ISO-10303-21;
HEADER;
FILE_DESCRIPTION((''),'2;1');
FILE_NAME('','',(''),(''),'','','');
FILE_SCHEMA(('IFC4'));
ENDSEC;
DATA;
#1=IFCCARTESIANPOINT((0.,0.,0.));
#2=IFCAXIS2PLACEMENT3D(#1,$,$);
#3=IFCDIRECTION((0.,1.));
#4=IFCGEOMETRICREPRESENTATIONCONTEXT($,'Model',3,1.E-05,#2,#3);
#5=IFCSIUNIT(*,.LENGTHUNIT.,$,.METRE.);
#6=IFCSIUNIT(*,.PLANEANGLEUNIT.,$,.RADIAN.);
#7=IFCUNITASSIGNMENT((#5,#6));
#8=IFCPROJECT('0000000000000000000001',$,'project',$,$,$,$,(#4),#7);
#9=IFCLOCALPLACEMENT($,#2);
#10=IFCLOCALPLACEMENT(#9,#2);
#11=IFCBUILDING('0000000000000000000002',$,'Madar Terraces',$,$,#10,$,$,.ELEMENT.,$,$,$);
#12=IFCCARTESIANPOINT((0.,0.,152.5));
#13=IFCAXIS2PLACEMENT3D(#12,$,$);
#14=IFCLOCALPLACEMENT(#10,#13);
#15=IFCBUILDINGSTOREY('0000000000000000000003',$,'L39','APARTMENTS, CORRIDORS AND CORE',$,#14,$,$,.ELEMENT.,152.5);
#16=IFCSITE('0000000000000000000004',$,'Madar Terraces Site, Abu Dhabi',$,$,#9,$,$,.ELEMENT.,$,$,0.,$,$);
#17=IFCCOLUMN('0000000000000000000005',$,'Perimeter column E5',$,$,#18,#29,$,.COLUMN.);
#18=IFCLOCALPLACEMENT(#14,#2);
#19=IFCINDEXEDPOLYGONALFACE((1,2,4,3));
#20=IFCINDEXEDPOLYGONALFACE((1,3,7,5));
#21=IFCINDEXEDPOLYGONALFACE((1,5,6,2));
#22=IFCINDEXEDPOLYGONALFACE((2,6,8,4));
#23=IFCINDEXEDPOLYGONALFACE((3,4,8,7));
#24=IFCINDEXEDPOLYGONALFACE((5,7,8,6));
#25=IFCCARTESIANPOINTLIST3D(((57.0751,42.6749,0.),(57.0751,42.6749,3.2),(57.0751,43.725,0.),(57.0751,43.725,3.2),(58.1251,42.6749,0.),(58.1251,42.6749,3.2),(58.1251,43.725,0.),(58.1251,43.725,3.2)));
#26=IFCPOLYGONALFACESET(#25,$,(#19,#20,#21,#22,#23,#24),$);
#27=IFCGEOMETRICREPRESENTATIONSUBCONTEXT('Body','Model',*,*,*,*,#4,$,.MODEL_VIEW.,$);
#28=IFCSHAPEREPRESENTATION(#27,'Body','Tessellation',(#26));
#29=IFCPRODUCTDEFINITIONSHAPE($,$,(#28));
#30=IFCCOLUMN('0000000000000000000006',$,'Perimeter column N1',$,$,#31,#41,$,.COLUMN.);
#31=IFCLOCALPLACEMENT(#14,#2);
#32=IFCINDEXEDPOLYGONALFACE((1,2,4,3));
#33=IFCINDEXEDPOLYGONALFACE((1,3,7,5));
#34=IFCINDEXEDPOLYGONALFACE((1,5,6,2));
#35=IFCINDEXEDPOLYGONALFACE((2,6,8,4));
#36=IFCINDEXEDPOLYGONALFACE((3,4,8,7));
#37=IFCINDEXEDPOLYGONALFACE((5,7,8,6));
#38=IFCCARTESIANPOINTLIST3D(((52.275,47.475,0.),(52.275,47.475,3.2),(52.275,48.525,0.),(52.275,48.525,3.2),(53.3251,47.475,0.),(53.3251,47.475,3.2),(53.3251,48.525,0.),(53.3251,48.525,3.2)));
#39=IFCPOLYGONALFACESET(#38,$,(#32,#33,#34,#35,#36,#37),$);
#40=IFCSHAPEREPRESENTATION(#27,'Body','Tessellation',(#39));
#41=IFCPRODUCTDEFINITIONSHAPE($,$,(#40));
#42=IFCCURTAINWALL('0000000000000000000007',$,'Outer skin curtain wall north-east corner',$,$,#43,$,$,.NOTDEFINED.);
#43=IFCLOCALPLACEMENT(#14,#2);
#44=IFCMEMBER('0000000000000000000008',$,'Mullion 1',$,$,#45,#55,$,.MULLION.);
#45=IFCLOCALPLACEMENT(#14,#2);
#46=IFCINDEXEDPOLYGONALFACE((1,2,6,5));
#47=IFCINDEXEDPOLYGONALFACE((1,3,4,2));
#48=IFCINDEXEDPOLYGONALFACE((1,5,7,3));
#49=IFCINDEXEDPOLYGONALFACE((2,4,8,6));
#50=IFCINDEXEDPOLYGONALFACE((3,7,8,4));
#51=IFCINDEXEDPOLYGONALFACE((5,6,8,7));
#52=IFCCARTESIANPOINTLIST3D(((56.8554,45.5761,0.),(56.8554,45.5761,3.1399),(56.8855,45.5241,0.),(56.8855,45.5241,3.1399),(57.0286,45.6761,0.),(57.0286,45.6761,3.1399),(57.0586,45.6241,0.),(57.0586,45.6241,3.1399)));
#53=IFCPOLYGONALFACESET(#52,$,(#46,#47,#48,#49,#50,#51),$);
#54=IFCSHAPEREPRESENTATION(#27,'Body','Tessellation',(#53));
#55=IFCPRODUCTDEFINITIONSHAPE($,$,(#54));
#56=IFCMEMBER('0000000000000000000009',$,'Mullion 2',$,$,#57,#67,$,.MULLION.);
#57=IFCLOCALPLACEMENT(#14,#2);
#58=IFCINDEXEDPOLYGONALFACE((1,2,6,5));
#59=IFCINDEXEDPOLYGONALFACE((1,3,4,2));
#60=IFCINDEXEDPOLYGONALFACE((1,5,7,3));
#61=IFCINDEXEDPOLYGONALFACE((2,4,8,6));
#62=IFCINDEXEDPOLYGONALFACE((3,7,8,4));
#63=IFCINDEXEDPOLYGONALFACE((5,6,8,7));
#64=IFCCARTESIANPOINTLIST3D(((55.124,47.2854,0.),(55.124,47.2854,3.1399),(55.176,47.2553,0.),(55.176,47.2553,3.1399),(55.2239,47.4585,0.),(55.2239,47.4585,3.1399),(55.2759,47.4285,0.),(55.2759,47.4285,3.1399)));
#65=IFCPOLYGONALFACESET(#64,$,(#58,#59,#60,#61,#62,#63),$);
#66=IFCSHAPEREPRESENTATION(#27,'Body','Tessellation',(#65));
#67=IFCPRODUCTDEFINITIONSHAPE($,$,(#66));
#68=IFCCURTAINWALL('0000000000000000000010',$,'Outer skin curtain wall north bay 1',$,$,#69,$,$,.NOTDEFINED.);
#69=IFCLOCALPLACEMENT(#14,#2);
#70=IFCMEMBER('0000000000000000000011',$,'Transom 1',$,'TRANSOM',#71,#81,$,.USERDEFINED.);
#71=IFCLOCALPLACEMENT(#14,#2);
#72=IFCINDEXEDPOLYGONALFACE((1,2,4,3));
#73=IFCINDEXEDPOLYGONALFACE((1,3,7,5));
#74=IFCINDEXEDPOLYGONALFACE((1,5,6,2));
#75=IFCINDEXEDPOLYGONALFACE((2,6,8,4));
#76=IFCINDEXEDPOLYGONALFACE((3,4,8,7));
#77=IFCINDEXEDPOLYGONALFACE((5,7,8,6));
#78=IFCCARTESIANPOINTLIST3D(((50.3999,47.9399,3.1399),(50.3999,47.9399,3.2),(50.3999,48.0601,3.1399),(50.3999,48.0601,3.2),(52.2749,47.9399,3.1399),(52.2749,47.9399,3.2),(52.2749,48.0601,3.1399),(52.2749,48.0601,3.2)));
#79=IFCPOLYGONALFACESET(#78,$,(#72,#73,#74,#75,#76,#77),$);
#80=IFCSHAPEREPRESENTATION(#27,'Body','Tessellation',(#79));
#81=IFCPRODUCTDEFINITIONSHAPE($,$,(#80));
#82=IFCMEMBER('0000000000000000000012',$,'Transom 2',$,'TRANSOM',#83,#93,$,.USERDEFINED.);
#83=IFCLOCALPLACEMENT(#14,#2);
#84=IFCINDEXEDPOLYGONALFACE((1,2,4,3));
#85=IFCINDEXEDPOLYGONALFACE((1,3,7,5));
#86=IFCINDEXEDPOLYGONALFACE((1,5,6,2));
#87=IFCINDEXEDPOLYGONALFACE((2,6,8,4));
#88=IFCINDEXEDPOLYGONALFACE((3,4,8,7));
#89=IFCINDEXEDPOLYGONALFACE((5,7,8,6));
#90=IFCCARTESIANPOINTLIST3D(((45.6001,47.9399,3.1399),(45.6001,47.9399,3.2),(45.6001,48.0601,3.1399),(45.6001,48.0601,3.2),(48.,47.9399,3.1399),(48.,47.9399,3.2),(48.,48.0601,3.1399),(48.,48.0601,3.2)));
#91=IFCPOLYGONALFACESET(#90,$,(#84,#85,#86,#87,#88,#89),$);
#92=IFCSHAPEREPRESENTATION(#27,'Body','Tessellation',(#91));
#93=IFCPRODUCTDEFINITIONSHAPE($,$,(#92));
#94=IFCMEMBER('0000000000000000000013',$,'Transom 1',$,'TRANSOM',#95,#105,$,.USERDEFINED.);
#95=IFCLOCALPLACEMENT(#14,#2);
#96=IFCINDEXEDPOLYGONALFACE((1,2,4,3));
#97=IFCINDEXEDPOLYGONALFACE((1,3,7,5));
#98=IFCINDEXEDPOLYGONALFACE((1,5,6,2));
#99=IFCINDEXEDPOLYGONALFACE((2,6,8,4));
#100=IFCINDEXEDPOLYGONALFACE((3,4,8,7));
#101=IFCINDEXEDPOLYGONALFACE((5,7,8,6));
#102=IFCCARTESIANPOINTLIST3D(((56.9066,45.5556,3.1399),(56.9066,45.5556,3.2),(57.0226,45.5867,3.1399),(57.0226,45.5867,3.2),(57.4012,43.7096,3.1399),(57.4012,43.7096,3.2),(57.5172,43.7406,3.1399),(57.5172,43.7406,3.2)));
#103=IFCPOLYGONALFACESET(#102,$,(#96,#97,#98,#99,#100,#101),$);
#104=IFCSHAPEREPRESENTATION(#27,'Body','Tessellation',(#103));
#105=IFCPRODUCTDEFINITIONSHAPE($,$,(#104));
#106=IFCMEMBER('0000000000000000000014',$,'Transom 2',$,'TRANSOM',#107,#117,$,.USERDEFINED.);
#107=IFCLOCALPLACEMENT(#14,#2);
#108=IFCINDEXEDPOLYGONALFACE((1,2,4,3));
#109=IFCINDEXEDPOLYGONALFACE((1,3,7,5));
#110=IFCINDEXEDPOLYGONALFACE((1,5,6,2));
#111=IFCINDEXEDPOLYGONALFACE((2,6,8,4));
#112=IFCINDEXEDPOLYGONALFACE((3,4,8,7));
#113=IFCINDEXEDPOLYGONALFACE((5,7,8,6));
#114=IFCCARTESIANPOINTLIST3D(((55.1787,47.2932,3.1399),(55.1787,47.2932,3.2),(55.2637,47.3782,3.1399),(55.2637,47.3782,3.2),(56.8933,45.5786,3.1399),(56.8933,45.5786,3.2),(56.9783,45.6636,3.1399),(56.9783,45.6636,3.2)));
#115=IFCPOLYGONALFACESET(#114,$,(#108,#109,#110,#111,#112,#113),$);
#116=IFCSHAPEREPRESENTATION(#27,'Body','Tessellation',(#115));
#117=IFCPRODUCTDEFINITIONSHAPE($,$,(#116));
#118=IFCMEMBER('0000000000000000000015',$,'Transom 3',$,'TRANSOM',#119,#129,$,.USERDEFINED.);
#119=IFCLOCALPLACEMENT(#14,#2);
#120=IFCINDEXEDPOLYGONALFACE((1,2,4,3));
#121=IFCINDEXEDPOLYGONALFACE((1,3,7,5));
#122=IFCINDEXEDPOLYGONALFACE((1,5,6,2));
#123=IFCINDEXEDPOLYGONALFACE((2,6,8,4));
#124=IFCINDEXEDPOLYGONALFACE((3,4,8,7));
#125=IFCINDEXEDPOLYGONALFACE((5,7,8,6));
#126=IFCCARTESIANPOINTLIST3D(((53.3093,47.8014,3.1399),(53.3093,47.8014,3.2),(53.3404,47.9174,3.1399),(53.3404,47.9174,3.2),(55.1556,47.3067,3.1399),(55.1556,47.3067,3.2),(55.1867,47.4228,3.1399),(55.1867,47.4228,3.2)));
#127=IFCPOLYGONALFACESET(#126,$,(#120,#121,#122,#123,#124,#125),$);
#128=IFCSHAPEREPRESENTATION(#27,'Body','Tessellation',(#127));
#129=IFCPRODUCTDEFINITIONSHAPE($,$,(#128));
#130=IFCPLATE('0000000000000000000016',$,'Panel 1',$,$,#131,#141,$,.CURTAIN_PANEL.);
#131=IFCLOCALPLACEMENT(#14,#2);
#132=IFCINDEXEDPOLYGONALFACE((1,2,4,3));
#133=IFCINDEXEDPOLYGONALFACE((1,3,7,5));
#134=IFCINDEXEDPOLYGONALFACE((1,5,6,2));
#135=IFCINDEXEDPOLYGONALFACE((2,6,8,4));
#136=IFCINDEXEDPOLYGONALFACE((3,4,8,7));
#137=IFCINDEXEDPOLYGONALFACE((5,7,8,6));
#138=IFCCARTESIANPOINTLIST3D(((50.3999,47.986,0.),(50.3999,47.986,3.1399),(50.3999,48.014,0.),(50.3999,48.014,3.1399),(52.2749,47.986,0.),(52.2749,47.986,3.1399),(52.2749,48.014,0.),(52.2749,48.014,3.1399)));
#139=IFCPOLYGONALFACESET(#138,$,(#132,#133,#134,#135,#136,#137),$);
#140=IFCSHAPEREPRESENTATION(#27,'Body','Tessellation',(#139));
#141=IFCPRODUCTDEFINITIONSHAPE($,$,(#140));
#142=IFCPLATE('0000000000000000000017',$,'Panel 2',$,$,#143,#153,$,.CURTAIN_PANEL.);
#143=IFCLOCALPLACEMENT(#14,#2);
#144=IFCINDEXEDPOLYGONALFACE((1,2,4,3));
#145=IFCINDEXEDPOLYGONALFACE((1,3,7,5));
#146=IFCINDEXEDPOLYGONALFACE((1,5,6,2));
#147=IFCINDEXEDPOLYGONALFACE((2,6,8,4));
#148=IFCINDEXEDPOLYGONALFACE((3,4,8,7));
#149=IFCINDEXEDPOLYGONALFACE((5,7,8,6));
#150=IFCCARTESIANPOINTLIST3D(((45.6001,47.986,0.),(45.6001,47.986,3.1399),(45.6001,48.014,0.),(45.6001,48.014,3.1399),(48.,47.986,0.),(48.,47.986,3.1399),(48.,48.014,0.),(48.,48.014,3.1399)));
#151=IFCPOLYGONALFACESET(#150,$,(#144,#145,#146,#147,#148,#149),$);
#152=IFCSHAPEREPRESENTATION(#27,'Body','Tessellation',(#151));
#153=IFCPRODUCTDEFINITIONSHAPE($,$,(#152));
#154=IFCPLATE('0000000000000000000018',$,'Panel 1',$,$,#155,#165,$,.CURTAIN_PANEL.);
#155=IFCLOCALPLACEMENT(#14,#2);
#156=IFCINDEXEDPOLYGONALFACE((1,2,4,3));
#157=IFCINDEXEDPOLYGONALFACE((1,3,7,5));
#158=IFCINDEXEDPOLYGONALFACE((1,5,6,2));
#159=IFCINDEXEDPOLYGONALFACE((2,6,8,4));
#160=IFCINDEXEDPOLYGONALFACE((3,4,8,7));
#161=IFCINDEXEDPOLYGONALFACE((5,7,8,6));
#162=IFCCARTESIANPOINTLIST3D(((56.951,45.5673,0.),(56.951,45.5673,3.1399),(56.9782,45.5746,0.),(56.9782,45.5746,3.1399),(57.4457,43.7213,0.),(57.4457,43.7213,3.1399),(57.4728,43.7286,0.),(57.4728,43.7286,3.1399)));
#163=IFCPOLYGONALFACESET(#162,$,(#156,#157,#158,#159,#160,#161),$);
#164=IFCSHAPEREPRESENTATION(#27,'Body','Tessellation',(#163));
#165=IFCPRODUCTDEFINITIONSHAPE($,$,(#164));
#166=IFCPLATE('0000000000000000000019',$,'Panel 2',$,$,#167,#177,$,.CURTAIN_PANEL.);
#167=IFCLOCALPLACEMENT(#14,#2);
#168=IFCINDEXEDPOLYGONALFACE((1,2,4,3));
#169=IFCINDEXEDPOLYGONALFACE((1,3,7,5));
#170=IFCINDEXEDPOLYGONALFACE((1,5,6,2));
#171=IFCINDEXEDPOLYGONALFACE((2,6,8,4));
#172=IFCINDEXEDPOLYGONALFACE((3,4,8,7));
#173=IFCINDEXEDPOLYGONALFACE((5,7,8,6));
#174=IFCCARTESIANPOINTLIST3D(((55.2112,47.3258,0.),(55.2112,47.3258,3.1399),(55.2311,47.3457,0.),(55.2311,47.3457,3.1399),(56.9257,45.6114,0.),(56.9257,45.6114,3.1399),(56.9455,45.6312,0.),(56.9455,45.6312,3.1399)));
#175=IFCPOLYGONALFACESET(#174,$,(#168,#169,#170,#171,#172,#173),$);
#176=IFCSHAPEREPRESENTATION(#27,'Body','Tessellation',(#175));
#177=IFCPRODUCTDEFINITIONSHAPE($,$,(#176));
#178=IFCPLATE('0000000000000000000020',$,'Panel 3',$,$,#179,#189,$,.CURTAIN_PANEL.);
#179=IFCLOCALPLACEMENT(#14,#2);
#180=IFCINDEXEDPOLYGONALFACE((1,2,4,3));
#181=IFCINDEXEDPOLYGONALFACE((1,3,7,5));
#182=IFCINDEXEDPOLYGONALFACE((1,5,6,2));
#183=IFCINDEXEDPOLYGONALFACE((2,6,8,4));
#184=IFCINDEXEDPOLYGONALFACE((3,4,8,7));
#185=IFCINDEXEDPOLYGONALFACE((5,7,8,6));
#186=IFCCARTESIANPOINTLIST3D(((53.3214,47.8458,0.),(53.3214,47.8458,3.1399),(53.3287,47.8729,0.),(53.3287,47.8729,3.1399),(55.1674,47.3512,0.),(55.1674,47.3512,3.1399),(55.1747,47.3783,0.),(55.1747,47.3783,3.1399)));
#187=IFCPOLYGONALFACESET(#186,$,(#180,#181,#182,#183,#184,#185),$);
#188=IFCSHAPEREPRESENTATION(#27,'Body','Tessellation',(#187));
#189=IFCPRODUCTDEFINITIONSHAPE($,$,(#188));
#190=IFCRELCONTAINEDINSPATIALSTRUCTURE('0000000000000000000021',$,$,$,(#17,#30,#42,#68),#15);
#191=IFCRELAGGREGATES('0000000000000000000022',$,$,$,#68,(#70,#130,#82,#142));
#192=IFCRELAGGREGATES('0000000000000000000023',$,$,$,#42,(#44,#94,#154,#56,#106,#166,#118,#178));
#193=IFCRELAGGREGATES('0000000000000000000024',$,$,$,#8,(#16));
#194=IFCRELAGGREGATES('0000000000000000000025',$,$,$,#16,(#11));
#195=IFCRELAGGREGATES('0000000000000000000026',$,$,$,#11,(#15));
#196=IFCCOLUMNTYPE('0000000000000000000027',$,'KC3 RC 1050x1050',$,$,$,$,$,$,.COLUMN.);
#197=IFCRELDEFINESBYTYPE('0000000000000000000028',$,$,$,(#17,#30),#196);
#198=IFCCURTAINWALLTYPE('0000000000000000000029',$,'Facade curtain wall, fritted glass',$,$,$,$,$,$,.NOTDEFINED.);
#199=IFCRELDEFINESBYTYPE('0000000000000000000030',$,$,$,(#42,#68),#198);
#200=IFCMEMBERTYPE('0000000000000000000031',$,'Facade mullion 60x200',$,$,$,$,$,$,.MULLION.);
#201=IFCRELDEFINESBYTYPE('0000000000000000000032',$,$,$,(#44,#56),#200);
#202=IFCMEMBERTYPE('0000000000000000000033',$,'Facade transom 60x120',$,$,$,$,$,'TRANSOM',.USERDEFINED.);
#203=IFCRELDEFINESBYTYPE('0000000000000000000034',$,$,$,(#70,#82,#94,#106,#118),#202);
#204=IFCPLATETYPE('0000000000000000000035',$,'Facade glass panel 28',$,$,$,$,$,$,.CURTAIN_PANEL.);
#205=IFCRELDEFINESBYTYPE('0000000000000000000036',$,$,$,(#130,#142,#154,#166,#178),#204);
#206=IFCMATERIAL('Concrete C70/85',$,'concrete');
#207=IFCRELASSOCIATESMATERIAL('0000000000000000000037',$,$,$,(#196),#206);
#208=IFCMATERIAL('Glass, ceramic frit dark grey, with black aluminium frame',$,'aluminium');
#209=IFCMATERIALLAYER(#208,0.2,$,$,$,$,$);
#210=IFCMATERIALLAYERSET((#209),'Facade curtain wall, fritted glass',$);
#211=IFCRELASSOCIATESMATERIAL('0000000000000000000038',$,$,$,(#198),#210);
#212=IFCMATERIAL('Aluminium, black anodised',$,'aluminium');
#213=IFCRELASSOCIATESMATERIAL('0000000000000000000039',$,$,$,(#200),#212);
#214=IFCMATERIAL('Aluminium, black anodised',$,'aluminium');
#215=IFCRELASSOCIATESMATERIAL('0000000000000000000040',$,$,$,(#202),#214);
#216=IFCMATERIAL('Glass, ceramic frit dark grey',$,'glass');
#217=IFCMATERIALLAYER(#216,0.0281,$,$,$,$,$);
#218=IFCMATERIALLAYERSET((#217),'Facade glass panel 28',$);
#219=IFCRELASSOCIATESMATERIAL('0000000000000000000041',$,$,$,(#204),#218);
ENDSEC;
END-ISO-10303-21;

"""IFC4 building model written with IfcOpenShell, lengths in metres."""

from ifc_helpers import new_model, si_unit, direction, frame, origin, origin_2d, place, context, subcontext, project, spatial, rectangle, extrude, material, layer, layer_set, material_profile, profile_set, type_object, element, aggregate, save


model = new_model("IFC4")

# Units and contexts
model_context = context("Model", 3, precision=1e-05, world=origin(), true_north=direction((0.0, 1.0)))
body_context = subcontext(model_context, "Body", "Model", "MODEL_VIEW")
ifc_project = project(units=[si_unit("LENGTHUNIT", "METRE"), si_unit("PLANEANGLEUNIT", "RADIAN")], contexts=[model_context])

# Site, building, storey
site_placement = place(None, origin())
site = spatial("IfcSite", under=ifc_project, at=site_placement, Name="Madar Terraces Site, Abu Dhabi", CompositionType="ELEMENT", RefElevation=0.0)
building_placement = place(site_placement, origin())
building = spatial("IfcBuilding", under=site, at=building_placement, Name="Madar Terraces", CompositionType="ELEMENT")
storey_placement = place(building_placement, frame((0.0, 0.0, 152.5)))
storey = spatial("IfcBuildingStorey", under=building, at=storey_placement, Name="L39", Description="APARTMENTS, CORRIDORS AND CORE", CompositionType="ELEMENT", Elevation=152.5)

# Columns
ifc_material_1 = material(Name="Concrete C70/85", Category="concrete")
ifc_material_profile_1 = material_profile(ifc_material_1, rectangle(XDim=1.05, YDim=1.05, at=origin_2d()), Name="KC3 RC 1050x1050")
ifc_profile_set_1 = profile_set([ifc_material_profile_1], Name="Concrete C70/85")
column_type = type_object("IfcColumnType", Name="KC3 RC 1050x1050", PredefinedType="COLUMN", material=ifc_profile_set_1)
for number, where, z_axis, x_axis, name in (
    (1, (57.6001, 43.2, 0.0), (0.0, 0.0, 1.0), (1.0, 0.0, 0.0), "Perimeter column E5"),
    (2, (52.8, 48.0, 0.0), (0.0, 0.0, 1.0), (1.0, 0.0, 0.0), "Perimeter column N1"),
):
    element("IfcColumn", number, at=place(storey_placement, frame(where, z_axis=z_axis, x_axis=x_axis)), inside=storey, type_object=column_type, Name=name, PredefinedType="COLUMN", context=body_context, shape_type="SweptSolid", body=[
        extrude(rectangle(XDim=1.05, YDim=1.05, at=origin_2d()), origin(), (0.0, 0.0, 1.0), 3.2),
    ])

# Curtain walls, members
ifc_material_2 = material(Name="Glass, ceramic frit dark grey, with black aluminium frame", Category="aluminium")
ifc_layer_1 = layer(ifc_material_2, 0.2)
ifc_layer_set_1 = layer_set([ifc_layer_1], Name="Facade curtain wall, fritted glass")
curtain_wall_type = type_object("IfcCurtainWallType", Name="Facade curtain wall, fritted glass", PredefinedType="NOTDEFINED", material=ifc_layer_set_1)
curtain_wall_1_placement = place(storey_placement, origin())
curtain_wall_1 = element("IfcCurtainWall", 3, at=curtain_wall_1_placement, inside=storey, type_object=curtain_wall_type, Name="Outer skin curtain wall north-east corner", PredefinedType="NOTDEFINED")
ifc_material_3 = material(Name="Aluminium, black anodised", Category="aluminium")
ifc_material_profile_2 = material_profile(ifc_material_3, rectangle(XDim=0.2, YDim=0.0601, at=origin_2d()), Name="Facade mullion 60x200")
ifc_profile_set_2 = profile_set([ifc_material_profile_2], Name="Aluminium, black anodised")
member_type_1 = type_object("IfcMemberType", Name="Facade mullion 60x200", PredefinedType="MULLION", material=ifc_profile_set_2)
member_1_placement = place(storey_placement, frame((56.957, 45.6001, 0.0), z_axis=(0.0, 0.0, 1.0), x_axis=(-0.866025, -0.5, 0.0)))
member_1 = element("IfcMember", 4, at=member_1_placement, type_object=member_type_1, Name="Mullion 1", PredefinedType="MULLION", context=body_context, shape_type="SweptSolid", body=[
    extrude(rectangle(XDim=0.2, YDim=0.0601, at=origin_2d()), origin(), (0.0, 0.0, 1.0), 3.1399),
])
member_2_placement = place(storey_placement, frame((55.2, 47.3569, 0.0), z_axis=(0.0, 0.0, 1.0), x_axis=(-0.5, -0.866025, 0.0)))
member_2 = element("IfcMember", 5, at=member_2_placement, type_object=member_type_1, Name="Mullion 2", PredefinedType="MULLION", context=body_context, shape_type="SweptSolid", body=[
    extrude(rectangle(XDim=0.2, YDim=0.0601, at=origin_2d()), origin(), (0.0, 0.0, 1.0), 3.1399),
])
curtain_wall_2_placement = place(storey_placement, origin())
curtain_wall_2 = element("IfcCurtainWall", 6, at=curtain_wall_2_placement, inside=storey, type_object=curtain_wall_type, Name="Outer skin curtain wall north bay 1", PredefinedType="NOTDEFINED")
ifc_material_4 = material(Name="Aluminium, black anodised", Category="aluminium")
ifc_material_profile_3 = material_profile(ifc_material_4, rectangle(XDim=0.1201, YDim=0.0601, at=origin_2d()), Name="Facade transom 60x120")
ifc_profile_set_3 = profile_set([ifc_material_profile_3], Name="Aluminium, black anodised")
member_type_2 = type_object("IfcMemberType", Name="Facade transom 60x120", ElementType="TRANSOM", PredefinedType="USERDEFINED", material=ifc_profile_set_3)
member_3_placement = place(storey_placement, frame((52.2749, 48.0, 3.1699), z_axis=(-1.0, 0.0, 0.0), x_axis=(0.0, -1.0, 0.0)))
member_3 = element("IfcMember", 7, at=member_3_placement, type_object=member_type_2, Name="Transom 1", ObjectType="TRANSOM", PredefinedType="USERDEFINED", context=body_context, shape_type="SweptSolid", body=[
    extrude(rectangle(XDim=0.1201, YDim=0.0601, at=origin_2d()), origin(), (0.0, 0.0, 1.0), 1.875),
])
member_4_placement = place(storey_placement, frame((48.0, 48.0, 3.1699), z_axis=(-1.0, 0.0, 0.0), x_axis=(0.0, -1.0, 0.0)))
member_4 = element("IfcMember", 8, at=member_4_placement, type_object=member_type_2, Name="Transom 2", ObjectType="TRANSOM", PredefinedType="USERDEFINED", context=body_context, shape_type="SweptSolid", body=[
    extrude(rectangle(XDim=0.1201, YDim=0.0601, at=origin_2d()), origin(), (0.0, 0.0, 1.0), 2.3999),
])

# Members
member_5_placement = place(storey_placement, frame((57.4592, 43.7251, 3.1699), z_axis=(-0.258823, 0.965925, 0.0), x_axis=(-0.965925, -0.258823, 0.0)))
member_5 = element("IfcMember", 9, at=member_5_placement, type_object=member_type_2, Name="Transom 1", ObjectType="TRANSOM", PredefinedType="USERDEFINED", context=body_context, shape_type="SweptSolid", body=[
    extrude(rectangle(XDim=0.1201, YDim=0.0601, at=origin_2d()), origin(), (0.0, 0.0, 1.0), 1.9111),
])
member_6_placement = place(storey_placement, frame((56.9358, 45.6211, 3.1699), z_axis=(-0.707107, 0.707107, 0.0), x_axis=(-0.707107, -0.707107, 0.0)))
member_6 = element("IfcMember", 10, at=member_6_placement, type_object=member_type_2, Name="Transom 2", ObjectType="TRANSOM", PredefinedType="USERDEFINED", context=body_context, shape_type="SweptSolid", body=[
    extrude(rectangle(XDim=0.1201, YDim=0.0601, at=origin_2d()), origin(), (0.0, 0.0, 1.0), 2.4248),
])
member_7_placement = place(storey_placement, frame((55.1711, 47.3647, 3.1699), z_axis=(-0.965933, 0.258791, 0.0), x_axis=(-0.258791, -0.965933, 0.0)))
member_7 = element("IfcMember", 11, at=member_7_placement, type_object=member_type_2, Name="Transom 3", ObjectType="TRANSOM", PredefinedType="USERDEFINED", context=body_context, shape_type="SweptSolid", body=[
    extrude(rectangle(XDim=0.1201, YDim=0.0601, at=origin_2d()), origin(), (0.0, 0.0, 1.0), 1.9114),
])

# Plates
ifc_material_5 = material(Name="Glass, ceramic frit dark grey", Category="glass")
ifc_layer_2 = layer(ifc_material_5, 0.0281)
ifc_layer_set_2 = layer_set([ifc_layer_2], Name="Facade glass panel 28")
plate_type = type_object("IfcPlateType", Name="Facade glass panel 28", PredefinedType="CURTAIN_PANEL", material=ifc_layer_set_2)
plate_1_placement = place(storey_placement, frame((51.3374, 48.0, 0.0), z_axis=(0.0, 0.0, 1.0), x_axis=(-1.0, 0.0, 0.0)))
plate_1 = element("IfcPlate", 12, at=plate_1_placement, type_object=plate_type, Name="Panel 1", PredefinedType="CURTAIN_PANEL", context=body_context, shape_type="SweptSolid", body=[
    extrude(rectangle(XDim=1.875, YDim=0.0281, at=origin_2d()), origin(), (0.0, 0.0, 1.0), 3.1399),
])
plate_2_placement = place(storey_placement, frame((46.8, 48.0, 0.0), z_axis=(0.0, 0.0, 1.0), x_axis=(-1.0, 0.0, 0.0)))
plate_2 = element("IfcPlate", 13, at=plate_2_placement, type_object=plate_type, Name="Panel 2", PredefinedType="CURTAIN_PANEL", context=body_context, shape_type="SweptSolid", body=[
    extrude(rectangle(XDim=2.3999, YDim=0.0281, at=origin_2d()), origin(), (0.0, 0.0, 1.0), 3.1399),
])
aggregate(curtain_wall_2, [member_3, plate_1, member_4, plate_2])
plate_3_placement = place(storey_placement, frame((57.2119, 44.6479, 0.0), z_axis=(0.0, 0.0, 1.0), x_axis=(-0.258819, 0.965926, 0.0)))
plate_3 = element("IfcPlate", 14, at=plate_3_placement, type_object=plate_type, Name="Panel 1", PredefinedType="CURTAIN_PANEL", context=body_context, shape_type="SweptSolid", body=[
    extrude(rectangle(XDim=1.9111, YDim=0.0281, at=origin_2d()), origin(), (0.0, 0.0, 1.0), 3.1399),
])
plate_4_placement = place(storey_placement, frame((56.0784, 46.4785, 0.0), z_axis=(0.0, 0.0, 1.0), x_axis=(-0.707107, 0.707107, 0.0)))
plate_4 = element("IfcPlate", 15, at=plate_4_placement, type_object=plate_type, Name="Panel 2", PredefinedType="CURTAIN_PANEL", context=body_context, shape_type="SweptSolid", body=[
    extrude(rectangle(XDim=2.4246, YDim=0.0281, at=origin_2d()), origin(), (0.0, 0.0, 1.0), 3.1399),
])
plate_5_placement = place(storey_placement, frame((54.248, 47.6121, 0.0), z_axis=(0.0, 0.0, 1.0), x_axis=(-0.965926, 0.258819, 0.0)))
plate_5 = element("IfcPlate", 16, at=plate_5_placement, type_object=plate_type, Name="Panel 3", PredefinedType="CURTAIN_PANEL", context=body_context, shape_type="SweptSolid", body=[
    extrude(rectangle(XDim=1.9111, YDim=0.0281, at=origin_2d()), origin(), (0.0, 0.0, 1.0), 3.1399),
])
aggregate(curtain_wall_1, [member_1, member_5, plate_3, member_2, member_6, plate_4, member_7, plate_5])

save(model, "model.ifc")
